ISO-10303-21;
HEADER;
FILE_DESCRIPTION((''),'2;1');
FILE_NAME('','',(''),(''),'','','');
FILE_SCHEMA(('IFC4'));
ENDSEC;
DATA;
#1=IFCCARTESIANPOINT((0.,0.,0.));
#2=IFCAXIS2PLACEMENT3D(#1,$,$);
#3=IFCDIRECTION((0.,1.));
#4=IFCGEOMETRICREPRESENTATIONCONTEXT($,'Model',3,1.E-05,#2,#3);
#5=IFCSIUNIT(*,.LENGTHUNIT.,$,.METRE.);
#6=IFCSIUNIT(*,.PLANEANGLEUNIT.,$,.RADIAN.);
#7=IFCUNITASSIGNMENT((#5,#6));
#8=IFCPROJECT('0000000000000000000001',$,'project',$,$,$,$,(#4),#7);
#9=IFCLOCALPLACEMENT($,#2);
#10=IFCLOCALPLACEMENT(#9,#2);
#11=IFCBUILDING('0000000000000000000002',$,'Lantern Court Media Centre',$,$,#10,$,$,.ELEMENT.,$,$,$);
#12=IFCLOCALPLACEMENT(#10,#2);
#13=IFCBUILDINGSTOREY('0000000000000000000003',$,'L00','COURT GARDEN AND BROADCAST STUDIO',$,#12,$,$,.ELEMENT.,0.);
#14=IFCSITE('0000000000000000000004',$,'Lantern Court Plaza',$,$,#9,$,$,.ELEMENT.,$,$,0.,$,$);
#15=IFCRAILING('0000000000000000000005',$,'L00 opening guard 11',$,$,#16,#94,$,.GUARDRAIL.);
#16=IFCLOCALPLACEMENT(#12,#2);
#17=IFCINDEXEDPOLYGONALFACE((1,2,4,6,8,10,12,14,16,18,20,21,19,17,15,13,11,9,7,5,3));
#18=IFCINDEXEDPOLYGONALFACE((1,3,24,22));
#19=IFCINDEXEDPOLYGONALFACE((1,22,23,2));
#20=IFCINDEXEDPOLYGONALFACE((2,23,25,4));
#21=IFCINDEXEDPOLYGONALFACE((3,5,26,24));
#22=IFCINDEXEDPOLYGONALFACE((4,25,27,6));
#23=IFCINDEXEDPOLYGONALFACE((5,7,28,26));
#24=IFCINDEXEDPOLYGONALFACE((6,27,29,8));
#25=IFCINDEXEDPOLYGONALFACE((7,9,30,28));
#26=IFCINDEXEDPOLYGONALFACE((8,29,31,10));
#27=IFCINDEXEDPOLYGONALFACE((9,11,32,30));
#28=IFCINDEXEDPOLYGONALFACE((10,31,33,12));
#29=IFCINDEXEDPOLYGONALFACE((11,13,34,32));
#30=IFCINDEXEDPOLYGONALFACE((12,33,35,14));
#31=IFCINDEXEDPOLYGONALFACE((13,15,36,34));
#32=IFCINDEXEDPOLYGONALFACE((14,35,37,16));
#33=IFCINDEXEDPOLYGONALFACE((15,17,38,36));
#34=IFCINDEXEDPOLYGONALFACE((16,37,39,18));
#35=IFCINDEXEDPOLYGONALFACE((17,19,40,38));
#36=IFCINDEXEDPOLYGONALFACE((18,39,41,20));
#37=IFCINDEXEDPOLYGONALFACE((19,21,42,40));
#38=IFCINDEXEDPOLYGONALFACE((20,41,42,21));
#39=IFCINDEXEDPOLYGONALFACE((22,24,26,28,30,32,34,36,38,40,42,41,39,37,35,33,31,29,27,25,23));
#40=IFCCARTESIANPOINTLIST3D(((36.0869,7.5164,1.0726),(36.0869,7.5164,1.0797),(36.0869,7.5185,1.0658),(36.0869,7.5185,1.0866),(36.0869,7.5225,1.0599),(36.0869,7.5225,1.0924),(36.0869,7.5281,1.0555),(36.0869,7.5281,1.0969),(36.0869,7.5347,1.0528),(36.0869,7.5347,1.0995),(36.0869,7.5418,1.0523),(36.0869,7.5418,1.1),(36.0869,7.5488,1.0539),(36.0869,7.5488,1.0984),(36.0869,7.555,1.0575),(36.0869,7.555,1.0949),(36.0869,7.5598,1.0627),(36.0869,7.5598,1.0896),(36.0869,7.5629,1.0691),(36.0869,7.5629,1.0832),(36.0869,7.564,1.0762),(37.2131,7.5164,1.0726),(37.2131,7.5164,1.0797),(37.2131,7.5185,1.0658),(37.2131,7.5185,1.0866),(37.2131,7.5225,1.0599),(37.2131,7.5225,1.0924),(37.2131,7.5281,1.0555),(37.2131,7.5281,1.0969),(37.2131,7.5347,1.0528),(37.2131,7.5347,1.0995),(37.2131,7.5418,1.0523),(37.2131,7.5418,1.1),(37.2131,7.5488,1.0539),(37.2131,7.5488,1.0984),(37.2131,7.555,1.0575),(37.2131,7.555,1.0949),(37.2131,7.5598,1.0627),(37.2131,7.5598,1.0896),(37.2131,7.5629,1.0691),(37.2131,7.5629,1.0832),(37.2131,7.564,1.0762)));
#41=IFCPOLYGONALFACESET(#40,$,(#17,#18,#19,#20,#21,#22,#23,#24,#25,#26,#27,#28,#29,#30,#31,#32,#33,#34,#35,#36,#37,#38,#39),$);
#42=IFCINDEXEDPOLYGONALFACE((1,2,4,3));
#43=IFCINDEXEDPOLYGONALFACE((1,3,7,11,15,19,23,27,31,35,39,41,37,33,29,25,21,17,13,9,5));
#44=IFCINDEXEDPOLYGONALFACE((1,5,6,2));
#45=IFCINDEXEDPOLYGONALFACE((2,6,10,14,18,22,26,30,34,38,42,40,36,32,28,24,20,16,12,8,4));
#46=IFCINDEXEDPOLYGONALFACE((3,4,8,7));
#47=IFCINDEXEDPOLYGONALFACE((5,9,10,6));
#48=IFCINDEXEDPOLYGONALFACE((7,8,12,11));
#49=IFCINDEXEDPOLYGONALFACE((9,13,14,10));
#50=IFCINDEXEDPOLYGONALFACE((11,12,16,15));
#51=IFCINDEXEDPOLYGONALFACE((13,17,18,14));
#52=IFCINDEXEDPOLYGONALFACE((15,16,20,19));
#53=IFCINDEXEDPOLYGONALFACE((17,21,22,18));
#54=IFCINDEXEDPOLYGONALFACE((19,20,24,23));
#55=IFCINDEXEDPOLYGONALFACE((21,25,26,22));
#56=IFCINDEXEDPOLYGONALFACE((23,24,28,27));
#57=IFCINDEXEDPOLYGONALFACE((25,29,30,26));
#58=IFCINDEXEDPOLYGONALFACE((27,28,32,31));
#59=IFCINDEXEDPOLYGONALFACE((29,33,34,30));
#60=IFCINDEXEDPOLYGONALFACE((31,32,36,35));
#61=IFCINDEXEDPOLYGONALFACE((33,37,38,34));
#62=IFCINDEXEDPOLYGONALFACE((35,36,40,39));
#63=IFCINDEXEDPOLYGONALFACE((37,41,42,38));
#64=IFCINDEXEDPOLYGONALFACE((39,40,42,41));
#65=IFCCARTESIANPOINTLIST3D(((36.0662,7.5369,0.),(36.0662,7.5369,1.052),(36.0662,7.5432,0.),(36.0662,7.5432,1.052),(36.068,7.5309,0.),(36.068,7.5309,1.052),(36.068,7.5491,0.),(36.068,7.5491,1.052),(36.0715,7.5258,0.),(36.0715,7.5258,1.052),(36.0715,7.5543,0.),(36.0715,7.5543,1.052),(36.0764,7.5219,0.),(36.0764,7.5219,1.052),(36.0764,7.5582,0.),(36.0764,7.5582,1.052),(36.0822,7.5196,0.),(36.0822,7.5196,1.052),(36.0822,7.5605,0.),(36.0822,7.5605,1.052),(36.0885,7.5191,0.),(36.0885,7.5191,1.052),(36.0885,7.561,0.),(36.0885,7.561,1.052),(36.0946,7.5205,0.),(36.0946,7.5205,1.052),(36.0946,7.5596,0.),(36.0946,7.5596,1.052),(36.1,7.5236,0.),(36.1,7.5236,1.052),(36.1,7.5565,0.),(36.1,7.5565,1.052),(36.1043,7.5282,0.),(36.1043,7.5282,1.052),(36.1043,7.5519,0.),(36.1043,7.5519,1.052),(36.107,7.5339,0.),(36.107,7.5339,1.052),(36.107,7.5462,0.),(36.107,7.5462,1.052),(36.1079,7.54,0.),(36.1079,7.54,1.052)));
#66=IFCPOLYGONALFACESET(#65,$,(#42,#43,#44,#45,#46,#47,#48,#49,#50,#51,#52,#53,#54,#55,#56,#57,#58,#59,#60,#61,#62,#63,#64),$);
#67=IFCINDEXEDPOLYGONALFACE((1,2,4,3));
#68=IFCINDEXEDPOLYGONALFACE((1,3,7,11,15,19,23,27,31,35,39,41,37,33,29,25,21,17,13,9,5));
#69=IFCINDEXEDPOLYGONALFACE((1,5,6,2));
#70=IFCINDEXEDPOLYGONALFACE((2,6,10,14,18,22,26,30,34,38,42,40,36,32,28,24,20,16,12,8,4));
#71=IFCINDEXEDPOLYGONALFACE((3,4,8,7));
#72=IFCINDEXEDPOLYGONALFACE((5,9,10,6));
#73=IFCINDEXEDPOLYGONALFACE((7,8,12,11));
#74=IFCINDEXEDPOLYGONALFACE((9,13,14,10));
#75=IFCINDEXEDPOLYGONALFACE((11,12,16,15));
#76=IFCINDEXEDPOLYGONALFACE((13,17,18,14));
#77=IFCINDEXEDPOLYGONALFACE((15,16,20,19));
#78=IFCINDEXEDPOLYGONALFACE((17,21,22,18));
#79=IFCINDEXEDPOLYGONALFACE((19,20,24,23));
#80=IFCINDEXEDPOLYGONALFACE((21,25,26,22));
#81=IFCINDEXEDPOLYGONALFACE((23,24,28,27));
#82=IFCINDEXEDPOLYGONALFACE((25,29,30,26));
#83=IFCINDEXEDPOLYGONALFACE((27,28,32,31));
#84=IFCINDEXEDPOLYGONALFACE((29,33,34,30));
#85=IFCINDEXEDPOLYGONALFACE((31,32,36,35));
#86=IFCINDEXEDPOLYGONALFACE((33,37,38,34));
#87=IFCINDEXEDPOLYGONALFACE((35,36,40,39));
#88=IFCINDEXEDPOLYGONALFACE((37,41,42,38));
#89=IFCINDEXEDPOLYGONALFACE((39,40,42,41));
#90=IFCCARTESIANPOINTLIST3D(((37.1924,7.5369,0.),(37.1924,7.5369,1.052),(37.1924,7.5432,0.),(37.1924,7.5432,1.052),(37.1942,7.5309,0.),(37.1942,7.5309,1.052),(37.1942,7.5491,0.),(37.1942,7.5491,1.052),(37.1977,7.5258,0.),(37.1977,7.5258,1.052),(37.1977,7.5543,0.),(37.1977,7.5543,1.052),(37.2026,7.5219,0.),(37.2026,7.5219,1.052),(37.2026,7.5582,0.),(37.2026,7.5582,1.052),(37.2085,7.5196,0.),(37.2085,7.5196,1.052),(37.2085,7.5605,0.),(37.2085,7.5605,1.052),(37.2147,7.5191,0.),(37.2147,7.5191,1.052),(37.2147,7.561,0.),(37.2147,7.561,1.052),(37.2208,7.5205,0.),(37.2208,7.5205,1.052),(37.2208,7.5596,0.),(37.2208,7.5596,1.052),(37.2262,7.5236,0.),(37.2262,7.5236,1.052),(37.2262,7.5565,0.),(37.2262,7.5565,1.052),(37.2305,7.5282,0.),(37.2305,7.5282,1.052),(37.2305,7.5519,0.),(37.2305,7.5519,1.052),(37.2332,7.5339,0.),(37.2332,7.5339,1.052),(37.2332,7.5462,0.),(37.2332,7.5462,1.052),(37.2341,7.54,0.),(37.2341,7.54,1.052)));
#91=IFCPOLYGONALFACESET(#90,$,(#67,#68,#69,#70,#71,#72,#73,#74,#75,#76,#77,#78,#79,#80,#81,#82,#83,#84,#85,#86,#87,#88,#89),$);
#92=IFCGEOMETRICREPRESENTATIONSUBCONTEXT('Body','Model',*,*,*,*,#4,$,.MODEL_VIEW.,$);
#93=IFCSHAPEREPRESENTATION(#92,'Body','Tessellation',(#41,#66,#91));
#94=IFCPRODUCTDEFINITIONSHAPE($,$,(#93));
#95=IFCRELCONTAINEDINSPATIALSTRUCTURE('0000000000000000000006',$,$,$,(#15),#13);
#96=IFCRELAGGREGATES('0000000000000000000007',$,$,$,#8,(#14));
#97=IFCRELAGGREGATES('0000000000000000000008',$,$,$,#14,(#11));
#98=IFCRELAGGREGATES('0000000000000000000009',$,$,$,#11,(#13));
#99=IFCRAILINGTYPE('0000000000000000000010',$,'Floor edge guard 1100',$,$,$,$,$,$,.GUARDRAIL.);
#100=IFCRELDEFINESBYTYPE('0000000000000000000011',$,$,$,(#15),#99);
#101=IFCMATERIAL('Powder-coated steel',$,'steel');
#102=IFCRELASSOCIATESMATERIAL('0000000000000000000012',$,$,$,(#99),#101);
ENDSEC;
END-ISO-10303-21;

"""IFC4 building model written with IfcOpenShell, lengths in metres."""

from ifc_helpers import new_model, si_unit, direction, frame, origin, origin_2d, place, context, subcontext, project, spatial, circle, extrude, material, type_object, element, save


model = new_model("IFC4")

# Units and contexts
model_context = context("Model", 3, precision=1e-05, world=origin(), true_north=direction((0.0, 1.0)))
body_context = subcontext(model_context, "Body", "Model", "MODEL_VIEW")
ifc_project = project(units=[si_unit("LENGTHUNIT", "METRE"), si_unit("PLANEANGLEUNIT", "RADIAN")], contexts=[model_context])

# Site, building, storey
site_placement = place(None, origin())
site = spatial("IfcSite", under=ifc_project, at=site_placement, Name="Lantern Court Plaza", CompositionType="ELEMENT", RefElevation=0.0)
building_placement = place(site_placement, origin())
building = spatial("IfcBuilding", under=site, at=building_placement, Name="Lantern Court Media Centre", CompositionType="ELEMENT")
storey_placement = place(building_placement, origin())
storey = spatial("IfcBuildingStorey", under=building, at=storey_placement, Name="L00", Description="COURT GARDEN AND BROADCAST STUDIO", CompositionType="ELEMENT", Elevation=0.0)

# Railing
ifc_material_1 = material(Name="Powder-coated steel", Category="steel")
railing_type_1 = type_object("IfcRailingType", Name="Floor edge guard 1100", PredefinedType="GUARDRAIL", material=ifc_material_1)
railing_1_placement = place(storey_placement, frame((36.0869, 7.54, 0.0)))
element("IfcRailing", 1, at=railing_1_placement, inside=storey, type_object=railing_type_1, Name="L00 opening guard 11", PredefinedType="GUARDRAIL", context=body_context, shape_type="SweptSolid", body=[
    extrude(circle(Radius=0.0239, at=origin_2d()), frame((0.0, 0.0, 1.0762), z_axis=(1.0, 0.0, 0.0), x_axis=(0.0, 1.0, 0.0)), (0.0, 0.0, 1.0), 1.1262),
    extrude(circle(Radius=0.021, at=origin_2d()), origin(), (0.0, 0.0, 1.0), 1.052),
    extrude(circle(Radius=0.021, at=origin_2d()), frame((1.1262, 0.0, 0.0)), (0.0, 0.0, 1.0), 1.052),
])

save(model, "model.ifc")
